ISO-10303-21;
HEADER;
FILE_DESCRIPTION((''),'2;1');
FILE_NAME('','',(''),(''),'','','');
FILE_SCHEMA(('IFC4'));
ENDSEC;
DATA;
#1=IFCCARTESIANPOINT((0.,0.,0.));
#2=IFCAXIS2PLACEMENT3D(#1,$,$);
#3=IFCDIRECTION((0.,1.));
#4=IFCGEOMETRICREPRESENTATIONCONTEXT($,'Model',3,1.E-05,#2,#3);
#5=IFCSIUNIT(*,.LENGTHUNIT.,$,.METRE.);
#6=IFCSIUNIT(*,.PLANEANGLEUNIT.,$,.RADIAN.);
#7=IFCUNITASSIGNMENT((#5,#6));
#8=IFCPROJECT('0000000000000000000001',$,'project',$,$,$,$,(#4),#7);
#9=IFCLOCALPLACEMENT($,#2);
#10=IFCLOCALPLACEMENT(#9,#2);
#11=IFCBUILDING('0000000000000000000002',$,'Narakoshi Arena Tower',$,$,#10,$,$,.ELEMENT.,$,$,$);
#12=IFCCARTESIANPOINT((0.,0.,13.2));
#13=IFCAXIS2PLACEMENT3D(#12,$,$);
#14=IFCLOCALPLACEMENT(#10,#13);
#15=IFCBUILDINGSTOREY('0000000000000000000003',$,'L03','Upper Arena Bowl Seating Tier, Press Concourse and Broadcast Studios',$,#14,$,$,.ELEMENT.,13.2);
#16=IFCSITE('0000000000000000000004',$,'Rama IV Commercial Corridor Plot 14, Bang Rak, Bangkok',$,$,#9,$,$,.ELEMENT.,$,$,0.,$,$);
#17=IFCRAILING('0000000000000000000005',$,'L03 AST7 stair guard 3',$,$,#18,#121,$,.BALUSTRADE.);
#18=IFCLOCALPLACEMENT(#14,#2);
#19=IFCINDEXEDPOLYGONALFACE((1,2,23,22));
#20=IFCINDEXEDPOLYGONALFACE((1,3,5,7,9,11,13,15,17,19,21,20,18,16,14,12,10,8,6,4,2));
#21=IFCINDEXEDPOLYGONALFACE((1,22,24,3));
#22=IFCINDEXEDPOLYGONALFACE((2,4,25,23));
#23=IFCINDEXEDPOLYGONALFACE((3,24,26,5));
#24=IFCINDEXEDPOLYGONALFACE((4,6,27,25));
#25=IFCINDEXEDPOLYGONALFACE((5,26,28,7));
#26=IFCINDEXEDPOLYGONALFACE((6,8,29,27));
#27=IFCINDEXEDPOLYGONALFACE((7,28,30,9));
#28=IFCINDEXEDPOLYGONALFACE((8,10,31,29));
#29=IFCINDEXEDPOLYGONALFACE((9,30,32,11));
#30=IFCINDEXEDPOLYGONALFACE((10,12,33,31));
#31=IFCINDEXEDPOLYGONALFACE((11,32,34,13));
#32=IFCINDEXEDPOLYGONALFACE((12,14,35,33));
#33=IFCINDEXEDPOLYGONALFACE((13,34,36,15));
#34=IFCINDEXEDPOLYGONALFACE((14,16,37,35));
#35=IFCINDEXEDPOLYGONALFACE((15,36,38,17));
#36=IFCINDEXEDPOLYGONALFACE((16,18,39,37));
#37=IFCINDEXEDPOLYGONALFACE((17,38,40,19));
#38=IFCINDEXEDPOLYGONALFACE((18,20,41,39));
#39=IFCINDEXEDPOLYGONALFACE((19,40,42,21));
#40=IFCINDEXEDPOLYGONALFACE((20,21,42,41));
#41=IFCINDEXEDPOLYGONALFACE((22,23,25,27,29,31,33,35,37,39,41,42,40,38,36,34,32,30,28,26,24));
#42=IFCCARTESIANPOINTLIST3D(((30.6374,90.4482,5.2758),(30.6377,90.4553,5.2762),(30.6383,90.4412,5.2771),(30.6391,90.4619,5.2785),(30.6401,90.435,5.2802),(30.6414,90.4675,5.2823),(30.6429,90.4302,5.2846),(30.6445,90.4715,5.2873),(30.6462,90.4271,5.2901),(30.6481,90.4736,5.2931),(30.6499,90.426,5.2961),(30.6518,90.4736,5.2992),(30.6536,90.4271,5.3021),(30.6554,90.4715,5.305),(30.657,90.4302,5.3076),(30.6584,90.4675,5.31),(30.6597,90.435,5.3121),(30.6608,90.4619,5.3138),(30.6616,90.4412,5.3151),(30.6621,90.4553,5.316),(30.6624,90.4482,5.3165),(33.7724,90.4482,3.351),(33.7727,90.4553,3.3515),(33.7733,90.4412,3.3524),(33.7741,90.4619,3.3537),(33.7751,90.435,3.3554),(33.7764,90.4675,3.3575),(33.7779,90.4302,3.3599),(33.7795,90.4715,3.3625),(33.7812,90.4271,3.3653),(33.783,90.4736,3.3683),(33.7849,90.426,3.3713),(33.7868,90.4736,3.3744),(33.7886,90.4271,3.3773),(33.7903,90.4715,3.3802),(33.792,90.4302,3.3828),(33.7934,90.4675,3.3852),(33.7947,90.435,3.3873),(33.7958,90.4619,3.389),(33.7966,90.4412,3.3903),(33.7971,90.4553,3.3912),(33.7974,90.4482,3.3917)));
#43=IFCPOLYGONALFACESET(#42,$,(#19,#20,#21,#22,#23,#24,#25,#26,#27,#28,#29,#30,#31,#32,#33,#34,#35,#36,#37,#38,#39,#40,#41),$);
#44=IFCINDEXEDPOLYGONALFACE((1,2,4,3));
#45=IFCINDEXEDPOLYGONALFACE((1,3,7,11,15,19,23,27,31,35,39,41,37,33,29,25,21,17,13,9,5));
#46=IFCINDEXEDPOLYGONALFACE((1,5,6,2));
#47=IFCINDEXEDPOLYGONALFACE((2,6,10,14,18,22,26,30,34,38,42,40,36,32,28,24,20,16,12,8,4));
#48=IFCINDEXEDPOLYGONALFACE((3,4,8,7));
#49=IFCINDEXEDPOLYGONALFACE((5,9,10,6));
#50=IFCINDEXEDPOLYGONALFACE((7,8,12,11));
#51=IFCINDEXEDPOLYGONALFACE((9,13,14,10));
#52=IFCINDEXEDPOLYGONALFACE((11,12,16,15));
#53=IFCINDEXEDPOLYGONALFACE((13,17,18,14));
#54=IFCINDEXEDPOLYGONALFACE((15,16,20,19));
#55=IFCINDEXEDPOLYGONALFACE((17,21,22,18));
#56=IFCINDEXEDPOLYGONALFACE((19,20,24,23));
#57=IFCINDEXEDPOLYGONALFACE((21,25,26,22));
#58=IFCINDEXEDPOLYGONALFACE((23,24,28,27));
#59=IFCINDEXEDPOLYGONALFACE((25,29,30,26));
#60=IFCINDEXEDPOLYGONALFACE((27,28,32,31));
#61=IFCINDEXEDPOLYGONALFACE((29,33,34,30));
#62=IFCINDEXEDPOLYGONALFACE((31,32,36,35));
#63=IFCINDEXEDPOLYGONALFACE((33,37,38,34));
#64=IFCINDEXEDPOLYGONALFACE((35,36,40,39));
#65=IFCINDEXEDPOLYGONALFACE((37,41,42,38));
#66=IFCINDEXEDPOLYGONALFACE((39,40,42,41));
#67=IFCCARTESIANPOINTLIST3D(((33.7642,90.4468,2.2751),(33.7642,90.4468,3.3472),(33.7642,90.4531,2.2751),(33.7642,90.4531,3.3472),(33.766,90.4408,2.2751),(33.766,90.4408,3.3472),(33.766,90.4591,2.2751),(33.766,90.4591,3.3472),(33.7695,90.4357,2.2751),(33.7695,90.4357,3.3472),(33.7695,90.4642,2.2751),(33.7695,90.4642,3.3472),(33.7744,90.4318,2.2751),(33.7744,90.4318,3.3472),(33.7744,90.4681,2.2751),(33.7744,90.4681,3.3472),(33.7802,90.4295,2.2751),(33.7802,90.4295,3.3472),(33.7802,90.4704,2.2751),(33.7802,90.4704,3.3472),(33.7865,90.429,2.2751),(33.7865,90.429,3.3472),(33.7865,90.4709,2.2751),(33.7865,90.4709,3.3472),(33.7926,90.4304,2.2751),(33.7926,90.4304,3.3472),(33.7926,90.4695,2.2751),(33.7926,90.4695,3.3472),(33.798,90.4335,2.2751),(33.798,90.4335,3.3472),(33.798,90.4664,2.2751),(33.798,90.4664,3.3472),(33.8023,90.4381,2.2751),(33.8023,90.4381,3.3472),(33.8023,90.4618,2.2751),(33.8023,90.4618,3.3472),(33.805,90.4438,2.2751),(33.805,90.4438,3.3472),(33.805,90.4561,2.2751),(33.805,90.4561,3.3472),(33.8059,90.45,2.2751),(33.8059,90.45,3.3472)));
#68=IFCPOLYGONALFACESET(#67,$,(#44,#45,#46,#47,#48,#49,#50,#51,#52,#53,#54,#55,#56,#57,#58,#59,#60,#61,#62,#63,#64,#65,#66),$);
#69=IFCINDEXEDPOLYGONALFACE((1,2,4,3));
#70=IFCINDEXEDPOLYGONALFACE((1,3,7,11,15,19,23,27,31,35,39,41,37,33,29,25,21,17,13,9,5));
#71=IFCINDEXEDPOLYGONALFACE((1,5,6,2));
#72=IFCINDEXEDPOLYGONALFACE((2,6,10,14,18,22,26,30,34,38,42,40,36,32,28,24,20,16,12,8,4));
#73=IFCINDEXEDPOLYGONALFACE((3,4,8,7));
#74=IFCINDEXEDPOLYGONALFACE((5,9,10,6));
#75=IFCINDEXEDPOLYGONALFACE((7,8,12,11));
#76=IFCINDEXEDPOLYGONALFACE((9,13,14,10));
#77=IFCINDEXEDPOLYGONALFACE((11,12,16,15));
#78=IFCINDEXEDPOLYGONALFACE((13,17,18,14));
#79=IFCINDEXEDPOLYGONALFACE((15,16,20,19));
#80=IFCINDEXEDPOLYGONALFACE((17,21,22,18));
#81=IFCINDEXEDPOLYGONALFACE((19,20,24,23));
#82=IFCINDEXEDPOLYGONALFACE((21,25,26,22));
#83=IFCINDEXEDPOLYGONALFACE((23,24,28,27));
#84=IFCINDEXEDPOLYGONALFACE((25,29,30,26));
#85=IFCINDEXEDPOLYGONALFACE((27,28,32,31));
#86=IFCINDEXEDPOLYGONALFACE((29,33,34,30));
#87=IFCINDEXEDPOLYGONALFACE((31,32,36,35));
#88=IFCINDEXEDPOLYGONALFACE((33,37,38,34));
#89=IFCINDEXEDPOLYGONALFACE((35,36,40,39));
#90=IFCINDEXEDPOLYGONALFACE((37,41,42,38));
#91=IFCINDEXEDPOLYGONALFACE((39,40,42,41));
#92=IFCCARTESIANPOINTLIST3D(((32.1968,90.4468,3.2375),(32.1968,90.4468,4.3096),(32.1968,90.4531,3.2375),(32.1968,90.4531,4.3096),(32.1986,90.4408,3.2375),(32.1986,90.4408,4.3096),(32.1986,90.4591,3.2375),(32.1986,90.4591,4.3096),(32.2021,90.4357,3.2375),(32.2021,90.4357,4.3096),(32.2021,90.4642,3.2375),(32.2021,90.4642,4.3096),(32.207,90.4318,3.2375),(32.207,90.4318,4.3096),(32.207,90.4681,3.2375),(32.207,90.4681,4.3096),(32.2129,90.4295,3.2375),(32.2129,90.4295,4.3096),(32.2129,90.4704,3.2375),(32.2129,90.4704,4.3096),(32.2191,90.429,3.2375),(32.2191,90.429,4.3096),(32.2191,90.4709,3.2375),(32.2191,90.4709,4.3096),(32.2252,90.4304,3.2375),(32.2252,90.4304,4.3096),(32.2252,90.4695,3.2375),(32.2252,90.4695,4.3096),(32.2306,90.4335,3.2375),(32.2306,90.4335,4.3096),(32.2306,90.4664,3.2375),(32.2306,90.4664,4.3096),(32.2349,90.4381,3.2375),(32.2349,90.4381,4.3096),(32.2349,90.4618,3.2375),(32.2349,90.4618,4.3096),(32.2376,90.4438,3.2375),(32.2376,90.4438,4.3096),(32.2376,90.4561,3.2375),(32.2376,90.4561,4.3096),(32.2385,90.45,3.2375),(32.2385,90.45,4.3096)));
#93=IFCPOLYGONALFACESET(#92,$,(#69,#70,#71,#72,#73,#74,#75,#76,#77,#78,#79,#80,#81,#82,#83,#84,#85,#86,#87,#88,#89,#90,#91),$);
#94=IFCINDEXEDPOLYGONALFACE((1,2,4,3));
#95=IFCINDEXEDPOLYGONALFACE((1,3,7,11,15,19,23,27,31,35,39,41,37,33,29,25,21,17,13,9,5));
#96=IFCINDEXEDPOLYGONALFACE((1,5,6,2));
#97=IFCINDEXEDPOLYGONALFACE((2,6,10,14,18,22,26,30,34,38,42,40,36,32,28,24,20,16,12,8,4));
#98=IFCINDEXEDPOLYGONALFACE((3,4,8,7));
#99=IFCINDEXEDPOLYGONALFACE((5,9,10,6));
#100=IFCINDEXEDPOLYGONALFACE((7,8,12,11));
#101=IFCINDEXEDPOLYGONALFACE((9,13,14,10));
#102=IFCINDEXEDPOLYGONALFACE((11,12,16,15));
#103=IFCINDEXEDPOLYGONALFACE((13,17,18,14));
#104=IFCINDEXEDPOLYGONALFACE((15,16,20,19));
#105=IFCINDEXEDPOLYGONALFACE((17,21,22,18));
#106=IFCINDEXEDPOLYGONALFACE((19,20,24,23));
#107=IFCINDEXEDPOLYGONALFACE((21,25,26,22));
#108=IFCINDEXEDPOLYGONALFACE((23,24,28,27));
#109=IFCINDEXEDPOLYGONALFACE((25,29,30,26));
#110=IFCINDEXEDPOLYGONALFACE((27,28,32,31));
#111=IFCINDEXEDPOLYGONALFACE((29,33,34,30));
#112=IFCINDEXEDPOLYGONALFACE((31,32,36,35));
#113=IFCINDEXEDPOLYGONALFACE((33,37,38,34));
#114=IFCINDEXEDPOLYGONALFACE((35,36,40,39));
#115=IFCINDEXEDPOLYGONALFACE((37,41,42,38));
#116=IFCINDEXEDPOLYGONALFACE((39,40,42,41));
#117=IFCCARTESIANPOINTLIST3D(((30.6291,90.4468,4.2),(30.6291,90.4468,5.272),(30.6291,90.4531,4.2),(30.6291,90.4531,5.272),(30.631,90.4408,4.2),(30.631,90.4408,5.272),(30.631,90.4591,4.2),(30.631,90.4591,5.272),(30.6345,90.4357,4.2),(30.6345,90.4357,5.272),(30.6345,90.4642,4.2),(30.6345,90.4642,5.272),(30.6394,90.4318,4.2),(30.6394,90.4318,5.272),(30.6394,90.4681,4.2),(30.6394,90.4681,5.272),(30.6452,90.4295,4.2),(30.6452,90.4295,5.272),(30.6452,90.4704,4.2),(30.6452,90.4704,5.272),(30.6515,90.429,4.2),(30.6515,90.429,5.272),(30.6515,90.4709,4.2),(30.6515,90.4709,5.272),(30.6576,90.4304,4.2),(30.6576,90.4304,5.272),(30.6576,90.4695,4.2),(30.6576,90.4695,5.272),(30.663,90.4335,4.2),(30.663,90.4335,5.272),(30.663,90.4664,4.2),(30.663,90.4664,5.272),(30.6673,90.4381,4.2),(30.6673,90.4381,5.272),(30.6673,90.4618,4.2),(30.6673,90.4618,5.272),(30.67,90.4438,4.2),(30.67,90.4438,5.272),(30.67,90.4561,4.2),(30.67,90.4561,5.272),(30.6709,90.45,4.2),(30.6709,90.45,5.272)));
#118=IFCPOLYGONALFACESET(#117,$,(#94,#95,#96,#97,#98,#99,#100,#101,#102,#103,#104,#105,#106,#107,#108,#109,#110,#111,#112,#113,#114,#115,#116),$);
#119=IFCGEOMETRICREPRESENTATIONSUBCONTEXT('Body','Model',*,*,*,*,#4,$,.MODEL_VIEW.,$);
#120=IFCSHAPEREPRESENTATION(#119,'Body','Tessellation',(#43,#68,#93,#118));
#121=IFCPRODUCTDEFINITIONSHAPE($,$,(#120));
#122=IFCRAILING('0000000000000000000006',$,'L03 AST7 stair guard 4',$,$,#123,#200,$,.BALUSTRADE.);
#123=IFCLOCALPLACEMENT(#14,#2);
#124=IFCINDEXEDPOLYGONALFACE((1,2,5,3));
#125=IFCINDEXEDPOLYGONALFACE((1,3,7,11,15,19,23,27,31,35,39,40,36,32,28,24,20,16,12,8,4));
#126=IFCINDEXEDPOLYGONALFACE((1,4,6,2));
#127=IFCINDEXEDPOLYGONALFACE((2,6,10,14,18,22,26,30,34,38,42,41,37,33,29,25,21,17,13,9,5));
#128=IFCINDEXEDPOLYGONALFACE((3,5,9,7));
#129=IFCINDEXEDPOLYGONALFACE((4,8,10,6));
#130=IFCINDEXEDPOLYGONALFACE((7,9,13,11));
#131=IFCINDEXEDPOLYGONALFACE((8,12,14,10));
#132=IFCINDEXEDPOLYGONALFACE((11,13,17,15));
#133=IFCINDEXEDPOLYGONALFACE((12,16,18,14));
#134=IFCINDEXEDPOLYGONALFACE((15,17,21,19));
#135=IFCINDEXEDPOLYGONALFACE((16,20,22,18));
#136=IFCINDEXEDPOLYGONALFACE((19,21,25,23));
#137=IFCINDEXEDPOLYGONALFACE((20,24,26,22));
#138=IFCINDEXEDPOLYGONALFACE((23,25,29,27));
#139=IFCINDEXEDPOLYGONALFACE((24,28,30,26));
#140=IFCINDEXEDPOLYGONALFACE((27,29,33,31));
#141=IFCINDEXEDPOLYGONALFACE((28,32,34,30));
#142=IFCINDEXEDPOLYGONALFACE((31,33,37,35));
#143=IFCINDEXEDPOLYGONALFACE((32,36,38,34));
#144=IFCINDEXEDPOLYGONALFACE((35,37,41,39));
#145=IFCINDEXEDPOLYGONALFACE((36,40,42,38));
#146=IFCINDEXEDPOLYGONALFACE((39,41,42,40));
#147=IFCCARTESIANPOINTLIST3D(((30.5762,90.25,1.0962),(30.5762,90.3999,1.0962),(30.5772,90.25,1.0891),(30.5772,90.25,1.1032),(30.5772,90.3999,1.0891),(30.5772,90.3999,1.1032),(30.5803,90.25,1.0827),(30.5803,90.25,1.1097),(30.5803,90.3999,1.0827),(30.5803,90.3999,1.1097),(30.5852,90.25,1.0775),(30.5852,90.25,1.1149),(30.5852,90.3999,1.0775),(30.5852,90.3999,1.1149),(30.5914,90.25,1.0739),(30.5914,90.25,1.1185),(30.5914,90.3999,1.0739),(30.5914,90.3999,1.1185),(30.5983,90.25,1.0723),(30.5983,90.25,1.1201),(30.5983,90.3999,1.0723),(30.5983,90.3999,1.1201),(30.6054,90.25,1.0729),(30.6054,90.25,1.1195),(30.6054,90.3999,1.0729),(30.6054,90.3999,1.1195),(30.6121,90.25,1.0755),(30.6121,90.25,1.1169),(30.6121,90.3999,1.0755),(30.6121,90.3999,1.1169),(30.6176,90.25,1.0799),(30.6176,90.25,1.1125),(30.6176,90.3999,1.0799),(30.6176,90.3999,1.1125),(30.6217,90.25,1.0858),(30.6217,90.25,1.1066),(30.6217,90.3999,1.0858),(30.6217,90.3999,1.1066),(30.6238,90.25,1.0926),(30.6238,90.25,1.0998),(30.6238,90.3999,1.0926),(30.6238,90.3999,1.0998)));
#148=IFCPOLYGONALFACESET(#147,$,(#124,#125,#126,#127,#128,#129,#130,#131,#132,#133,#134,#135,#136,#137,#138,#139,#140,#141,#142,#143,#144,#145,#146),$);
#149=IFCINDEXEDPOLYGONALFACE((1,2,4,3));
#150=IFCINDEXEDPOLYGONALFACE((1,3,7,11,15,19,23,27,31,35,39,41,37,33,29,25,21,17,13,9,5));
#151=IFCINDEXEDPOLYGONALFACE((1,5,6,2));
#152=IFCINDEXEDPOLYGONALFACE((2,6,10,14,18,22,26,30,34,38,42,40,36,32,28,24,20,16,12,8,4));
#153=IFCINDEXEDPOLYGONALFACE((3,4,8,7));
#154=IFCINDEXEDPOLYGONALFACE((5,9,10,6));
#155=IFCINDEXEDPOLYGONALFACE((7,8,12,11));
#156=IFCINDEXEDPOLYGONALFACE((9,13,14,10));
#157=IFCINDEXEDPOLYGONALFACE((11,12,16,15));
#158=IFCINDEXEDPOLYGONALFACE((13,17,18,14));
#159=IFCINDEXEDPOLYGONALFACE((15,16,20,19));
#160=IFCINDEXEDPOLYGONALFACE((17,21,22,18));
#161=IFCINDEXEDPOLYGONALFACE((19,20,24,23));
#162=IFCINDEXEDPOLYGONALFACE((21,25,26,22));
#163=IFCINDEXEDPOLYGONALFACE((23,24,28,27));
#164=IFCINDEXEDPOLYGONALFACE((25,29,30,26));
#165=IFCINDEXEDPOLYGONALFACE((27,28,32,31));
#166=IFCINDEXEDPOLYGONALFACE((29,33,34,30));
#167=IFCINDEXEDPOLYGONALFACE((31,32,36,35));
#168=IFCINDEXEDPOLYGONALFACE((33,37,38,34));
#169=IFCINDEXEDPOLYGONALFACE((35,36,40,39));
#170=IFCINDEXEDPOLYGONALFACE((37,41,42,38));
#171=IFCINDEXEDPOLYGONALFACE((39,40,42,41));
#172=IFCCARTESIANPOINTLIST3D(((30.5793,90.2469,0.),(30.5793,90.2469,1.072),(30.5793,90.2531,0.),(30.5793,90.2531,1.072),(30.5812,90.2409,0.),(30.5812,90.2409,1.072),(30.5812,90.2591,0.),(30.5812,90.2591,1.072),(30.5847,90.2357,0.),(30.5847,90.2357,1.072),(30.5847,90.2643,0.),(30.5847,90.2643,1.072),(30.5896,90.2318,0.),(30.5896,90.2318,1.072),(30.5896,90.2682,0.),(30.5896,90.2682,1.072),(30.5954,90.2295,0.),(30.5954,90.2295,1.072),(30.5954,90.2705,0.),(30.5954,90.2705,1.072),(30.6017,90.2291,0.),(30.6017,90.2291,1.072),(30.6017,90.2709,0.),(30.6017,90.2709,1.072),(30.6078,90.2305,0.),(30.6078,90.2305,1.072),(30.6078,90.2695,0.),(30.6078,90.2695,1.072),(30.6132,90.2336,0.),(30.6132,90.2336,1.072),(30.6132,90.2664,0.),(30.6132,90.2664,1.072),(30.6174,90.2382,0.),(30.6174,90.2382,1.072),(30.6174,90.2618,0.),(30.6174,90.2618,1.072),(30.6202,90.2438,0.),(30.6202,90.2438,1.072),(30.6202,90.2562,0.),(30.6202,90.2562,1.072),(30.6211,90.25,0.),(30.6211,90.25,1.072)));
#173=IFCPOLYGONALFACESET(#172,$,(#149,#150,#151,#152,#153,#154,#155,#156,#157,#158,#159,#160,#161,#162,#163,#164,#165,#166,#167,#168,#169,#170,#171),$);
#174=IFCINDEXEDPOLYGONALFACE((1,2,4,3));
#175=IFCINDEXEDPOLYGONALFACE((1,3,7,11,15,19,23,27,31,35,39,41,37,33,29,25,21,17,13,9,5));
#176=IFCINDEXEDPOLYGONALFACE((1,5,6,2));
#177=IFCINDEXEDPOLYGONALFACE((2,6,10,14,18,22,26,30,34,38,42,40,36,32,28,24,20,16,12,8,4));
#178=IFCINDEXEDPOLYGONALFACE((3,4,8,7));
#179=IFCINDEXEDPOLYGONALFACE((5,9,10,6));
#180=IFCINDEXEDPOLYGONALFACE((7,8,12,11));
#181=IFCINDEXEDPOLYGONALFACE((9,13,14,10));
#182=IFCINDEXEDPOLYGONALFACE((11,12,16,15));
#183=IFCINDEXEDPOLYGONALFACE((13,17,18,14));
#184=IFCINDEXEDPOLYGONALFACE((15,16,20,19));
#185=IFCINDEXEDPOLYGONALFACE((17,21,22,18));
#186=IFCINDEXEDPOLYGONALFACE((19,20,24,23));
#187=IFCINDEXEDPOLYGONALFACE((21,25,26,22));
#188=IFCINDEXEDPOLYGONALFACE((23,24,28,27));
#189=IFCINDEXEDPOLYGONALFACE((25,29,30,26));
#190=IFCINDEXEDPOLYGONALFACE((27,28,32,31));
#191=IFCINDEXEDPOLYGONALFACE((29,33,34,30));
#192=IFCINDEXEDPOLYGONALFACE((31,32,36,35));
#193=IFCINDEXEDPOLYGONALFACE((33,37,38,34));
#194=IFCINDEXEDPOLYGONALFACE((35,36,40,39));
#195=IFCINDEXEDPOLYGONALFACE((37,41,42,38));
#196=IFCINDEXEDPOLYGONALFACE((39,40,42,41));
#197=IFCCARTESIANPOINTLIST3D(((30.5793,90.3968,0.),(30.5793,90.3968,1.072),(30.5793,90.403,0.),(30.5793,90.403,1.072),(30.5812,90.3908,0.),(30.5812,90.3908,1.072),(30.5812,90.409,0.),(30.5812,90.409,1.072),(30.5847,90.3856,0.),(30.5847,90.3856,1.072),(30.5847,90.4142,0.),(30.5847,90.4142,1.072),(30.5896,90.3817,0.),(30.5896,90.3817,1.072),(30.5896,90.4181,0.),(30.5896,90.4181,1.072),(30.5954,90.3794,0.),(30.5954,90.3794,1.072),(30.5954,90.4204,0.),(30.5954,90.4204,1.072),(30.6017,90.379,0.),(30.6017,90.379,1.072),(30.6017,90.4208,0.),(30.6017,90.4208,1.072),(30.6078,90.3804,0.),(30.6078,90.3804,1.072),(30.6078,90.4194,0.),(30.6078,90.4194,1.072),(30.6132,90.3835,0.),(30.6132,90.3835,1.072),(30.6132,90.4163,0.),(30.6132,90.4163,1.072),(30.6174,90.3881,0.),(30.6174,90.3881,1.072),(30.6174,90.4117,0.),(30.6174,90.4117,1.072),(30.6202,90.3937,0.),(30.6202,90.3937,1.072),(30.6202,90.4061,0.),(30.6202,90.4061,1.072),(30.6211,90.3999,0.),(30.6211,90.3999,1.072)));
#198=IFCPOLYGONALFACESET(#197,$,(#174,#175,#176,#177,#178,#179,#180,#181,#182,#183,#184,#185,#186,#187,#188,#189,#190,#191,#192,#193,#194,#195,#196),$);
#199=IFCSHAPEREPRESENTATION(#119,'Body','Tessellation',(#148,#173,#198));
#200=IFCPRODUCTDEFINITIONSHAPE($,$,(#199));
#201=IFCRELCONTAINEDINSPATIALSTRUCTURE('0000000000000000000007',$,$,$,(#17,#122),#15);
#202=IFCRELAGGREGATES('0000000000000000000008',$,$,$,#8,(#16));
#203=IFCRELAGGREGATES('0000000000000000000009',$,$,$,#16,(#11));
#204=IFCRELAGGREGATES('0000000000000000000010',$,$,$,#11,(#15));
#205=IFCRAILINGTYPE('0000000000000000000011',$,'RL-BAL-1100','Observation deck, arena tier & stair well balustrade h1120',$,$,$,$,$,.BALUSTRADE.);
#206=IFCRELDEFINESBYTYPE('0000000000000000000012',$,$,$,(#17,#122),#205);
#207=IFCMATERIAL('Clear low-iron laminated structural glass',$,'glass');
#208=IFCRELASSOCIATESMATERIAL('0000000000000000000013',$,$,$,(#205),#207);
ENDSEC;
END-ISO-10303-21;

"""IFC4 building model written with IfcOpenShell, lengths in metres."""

from ifc_helpers import new_model, si_unit, direction, frame, origin, origin_2d, place, context, subcontext, project, spatial, circle, extrude, material, type_object, element, save


model = new_model("IFC4")

# Units and contexts
model_context = context("Model", 3, precision=1e-05, world=origin(), true_north=direction((0.0, 1.0)))
body_context = subcontext(model_context, "Body", "Model", "MODEL_VIEW")
ifc_project = project(units=[si_unit("LENGTHUNIT", "METRE"), si_unit("PLANEANGLEUNIT", "RADIAN")], contexts=[model_context])

# Site, building, storey
site_placement = place(None, origin())
site = spatial("IfcSite", under=ifc_project, at=site_placement, Name="Rama IV Commercial Corridor Plot 14, Bang Rak, Bangkok", CompositionType="ELEMENT", RefElevation=0.0)
building_placement = place(site_placement, origin())
building = spatial("IfcBuilding", under=site, at=building_placement, Name="Narakoshi Arena Tower", CompositionType="ELEMENT")
storey_placement = place(building_placement, frame((0.0, 0.0, 13.2)))
storey = spatial("IfcBuildingStorey", under=building, at=storey_placement, Name="L03", Description="Upper Arena Bowl Seating Tier, Press Concourse and Broadcast Studios", CompositionType="ELEMENT", Elevation=13.2)

# Railings
ifc_material_1 = material(Name="Clear low-iron laminated structural glass", Category="glass")
railing_type_1 = type_object("IfcRailingType", Name="RL-BAL-1100", Description="Observation deck, arena tier & stair well balustrade h1120", PredefinedType="BALUSTRADE", material=ifc_material_1)
railing_1_placement = place(storey_placement, frame((33.7849, 90.45, 2.2751)))
element("IfcRailing", 1, at=railing_1_placement, inside=storey, type_object=railing_type_1, Name="L03 AST7 stair guard 3", PredefinedType="BALUSTRADE", context=body_context, shape_type="SweptSolid", body=[
    extrude(circle(Radius=0.0239, at=origin_2d()), frame((0.0, 0.0, 1.0962), z_axis=(-0.852196, 0.0, 0.523223), x_axis=(0.0, -1.0, 0.0)), (0.0, 0.0, 1.0), 3.6787),
    extrude(circle(Radius=0.021, at=origin_2d()), origin(), (0.0, 0.0, 1.0), 1.072),
    extrude(circle(Radius=0.021, at=origin_2d()), frame((-1.5674, 0.0, 0.9624)), (0.0, 0.0, 1.0), 1.072),
    extrude(circle(Radius=0.021, at=origin_2d()), frame((-3.135, 0.0, 1.9248)), (0.0, 0.0, 1.0), 1.072),
])
railing_2_placement = place(storey_placement, frame((30.6001, 90.25, 0.0)))
element("IfcRailing", 2, at=railing_2_placement, inside=storey, type_object=railing_type_1, Name="L03 AST7 stair guard 4", PredefinedType="BALUSTRADE", context=body_context, shape_type="SweptSolid", body=[
    extrude(circle(Radius=0.0239, at=origin_2d()), frame((0.0, 0.0, 1.0962), z_axis=(0.0, 1.0, 0.0), x_axis=(-1.0, 0.0, 0.0)), (0.0, 0.0, 1.0), 0.1499),
    extrude(circle(Radius=0.021, at=origin_2d()), origin(), (0.0, 0.0, 1.0), 1.072),
    extrude(circle(Radius=0.021, at=origin_2d()), frame((0.0, 0.1499, 0.0)), (0.0, 0.0, 1.0), 1.072),
])

save(model, "model.ifc")
